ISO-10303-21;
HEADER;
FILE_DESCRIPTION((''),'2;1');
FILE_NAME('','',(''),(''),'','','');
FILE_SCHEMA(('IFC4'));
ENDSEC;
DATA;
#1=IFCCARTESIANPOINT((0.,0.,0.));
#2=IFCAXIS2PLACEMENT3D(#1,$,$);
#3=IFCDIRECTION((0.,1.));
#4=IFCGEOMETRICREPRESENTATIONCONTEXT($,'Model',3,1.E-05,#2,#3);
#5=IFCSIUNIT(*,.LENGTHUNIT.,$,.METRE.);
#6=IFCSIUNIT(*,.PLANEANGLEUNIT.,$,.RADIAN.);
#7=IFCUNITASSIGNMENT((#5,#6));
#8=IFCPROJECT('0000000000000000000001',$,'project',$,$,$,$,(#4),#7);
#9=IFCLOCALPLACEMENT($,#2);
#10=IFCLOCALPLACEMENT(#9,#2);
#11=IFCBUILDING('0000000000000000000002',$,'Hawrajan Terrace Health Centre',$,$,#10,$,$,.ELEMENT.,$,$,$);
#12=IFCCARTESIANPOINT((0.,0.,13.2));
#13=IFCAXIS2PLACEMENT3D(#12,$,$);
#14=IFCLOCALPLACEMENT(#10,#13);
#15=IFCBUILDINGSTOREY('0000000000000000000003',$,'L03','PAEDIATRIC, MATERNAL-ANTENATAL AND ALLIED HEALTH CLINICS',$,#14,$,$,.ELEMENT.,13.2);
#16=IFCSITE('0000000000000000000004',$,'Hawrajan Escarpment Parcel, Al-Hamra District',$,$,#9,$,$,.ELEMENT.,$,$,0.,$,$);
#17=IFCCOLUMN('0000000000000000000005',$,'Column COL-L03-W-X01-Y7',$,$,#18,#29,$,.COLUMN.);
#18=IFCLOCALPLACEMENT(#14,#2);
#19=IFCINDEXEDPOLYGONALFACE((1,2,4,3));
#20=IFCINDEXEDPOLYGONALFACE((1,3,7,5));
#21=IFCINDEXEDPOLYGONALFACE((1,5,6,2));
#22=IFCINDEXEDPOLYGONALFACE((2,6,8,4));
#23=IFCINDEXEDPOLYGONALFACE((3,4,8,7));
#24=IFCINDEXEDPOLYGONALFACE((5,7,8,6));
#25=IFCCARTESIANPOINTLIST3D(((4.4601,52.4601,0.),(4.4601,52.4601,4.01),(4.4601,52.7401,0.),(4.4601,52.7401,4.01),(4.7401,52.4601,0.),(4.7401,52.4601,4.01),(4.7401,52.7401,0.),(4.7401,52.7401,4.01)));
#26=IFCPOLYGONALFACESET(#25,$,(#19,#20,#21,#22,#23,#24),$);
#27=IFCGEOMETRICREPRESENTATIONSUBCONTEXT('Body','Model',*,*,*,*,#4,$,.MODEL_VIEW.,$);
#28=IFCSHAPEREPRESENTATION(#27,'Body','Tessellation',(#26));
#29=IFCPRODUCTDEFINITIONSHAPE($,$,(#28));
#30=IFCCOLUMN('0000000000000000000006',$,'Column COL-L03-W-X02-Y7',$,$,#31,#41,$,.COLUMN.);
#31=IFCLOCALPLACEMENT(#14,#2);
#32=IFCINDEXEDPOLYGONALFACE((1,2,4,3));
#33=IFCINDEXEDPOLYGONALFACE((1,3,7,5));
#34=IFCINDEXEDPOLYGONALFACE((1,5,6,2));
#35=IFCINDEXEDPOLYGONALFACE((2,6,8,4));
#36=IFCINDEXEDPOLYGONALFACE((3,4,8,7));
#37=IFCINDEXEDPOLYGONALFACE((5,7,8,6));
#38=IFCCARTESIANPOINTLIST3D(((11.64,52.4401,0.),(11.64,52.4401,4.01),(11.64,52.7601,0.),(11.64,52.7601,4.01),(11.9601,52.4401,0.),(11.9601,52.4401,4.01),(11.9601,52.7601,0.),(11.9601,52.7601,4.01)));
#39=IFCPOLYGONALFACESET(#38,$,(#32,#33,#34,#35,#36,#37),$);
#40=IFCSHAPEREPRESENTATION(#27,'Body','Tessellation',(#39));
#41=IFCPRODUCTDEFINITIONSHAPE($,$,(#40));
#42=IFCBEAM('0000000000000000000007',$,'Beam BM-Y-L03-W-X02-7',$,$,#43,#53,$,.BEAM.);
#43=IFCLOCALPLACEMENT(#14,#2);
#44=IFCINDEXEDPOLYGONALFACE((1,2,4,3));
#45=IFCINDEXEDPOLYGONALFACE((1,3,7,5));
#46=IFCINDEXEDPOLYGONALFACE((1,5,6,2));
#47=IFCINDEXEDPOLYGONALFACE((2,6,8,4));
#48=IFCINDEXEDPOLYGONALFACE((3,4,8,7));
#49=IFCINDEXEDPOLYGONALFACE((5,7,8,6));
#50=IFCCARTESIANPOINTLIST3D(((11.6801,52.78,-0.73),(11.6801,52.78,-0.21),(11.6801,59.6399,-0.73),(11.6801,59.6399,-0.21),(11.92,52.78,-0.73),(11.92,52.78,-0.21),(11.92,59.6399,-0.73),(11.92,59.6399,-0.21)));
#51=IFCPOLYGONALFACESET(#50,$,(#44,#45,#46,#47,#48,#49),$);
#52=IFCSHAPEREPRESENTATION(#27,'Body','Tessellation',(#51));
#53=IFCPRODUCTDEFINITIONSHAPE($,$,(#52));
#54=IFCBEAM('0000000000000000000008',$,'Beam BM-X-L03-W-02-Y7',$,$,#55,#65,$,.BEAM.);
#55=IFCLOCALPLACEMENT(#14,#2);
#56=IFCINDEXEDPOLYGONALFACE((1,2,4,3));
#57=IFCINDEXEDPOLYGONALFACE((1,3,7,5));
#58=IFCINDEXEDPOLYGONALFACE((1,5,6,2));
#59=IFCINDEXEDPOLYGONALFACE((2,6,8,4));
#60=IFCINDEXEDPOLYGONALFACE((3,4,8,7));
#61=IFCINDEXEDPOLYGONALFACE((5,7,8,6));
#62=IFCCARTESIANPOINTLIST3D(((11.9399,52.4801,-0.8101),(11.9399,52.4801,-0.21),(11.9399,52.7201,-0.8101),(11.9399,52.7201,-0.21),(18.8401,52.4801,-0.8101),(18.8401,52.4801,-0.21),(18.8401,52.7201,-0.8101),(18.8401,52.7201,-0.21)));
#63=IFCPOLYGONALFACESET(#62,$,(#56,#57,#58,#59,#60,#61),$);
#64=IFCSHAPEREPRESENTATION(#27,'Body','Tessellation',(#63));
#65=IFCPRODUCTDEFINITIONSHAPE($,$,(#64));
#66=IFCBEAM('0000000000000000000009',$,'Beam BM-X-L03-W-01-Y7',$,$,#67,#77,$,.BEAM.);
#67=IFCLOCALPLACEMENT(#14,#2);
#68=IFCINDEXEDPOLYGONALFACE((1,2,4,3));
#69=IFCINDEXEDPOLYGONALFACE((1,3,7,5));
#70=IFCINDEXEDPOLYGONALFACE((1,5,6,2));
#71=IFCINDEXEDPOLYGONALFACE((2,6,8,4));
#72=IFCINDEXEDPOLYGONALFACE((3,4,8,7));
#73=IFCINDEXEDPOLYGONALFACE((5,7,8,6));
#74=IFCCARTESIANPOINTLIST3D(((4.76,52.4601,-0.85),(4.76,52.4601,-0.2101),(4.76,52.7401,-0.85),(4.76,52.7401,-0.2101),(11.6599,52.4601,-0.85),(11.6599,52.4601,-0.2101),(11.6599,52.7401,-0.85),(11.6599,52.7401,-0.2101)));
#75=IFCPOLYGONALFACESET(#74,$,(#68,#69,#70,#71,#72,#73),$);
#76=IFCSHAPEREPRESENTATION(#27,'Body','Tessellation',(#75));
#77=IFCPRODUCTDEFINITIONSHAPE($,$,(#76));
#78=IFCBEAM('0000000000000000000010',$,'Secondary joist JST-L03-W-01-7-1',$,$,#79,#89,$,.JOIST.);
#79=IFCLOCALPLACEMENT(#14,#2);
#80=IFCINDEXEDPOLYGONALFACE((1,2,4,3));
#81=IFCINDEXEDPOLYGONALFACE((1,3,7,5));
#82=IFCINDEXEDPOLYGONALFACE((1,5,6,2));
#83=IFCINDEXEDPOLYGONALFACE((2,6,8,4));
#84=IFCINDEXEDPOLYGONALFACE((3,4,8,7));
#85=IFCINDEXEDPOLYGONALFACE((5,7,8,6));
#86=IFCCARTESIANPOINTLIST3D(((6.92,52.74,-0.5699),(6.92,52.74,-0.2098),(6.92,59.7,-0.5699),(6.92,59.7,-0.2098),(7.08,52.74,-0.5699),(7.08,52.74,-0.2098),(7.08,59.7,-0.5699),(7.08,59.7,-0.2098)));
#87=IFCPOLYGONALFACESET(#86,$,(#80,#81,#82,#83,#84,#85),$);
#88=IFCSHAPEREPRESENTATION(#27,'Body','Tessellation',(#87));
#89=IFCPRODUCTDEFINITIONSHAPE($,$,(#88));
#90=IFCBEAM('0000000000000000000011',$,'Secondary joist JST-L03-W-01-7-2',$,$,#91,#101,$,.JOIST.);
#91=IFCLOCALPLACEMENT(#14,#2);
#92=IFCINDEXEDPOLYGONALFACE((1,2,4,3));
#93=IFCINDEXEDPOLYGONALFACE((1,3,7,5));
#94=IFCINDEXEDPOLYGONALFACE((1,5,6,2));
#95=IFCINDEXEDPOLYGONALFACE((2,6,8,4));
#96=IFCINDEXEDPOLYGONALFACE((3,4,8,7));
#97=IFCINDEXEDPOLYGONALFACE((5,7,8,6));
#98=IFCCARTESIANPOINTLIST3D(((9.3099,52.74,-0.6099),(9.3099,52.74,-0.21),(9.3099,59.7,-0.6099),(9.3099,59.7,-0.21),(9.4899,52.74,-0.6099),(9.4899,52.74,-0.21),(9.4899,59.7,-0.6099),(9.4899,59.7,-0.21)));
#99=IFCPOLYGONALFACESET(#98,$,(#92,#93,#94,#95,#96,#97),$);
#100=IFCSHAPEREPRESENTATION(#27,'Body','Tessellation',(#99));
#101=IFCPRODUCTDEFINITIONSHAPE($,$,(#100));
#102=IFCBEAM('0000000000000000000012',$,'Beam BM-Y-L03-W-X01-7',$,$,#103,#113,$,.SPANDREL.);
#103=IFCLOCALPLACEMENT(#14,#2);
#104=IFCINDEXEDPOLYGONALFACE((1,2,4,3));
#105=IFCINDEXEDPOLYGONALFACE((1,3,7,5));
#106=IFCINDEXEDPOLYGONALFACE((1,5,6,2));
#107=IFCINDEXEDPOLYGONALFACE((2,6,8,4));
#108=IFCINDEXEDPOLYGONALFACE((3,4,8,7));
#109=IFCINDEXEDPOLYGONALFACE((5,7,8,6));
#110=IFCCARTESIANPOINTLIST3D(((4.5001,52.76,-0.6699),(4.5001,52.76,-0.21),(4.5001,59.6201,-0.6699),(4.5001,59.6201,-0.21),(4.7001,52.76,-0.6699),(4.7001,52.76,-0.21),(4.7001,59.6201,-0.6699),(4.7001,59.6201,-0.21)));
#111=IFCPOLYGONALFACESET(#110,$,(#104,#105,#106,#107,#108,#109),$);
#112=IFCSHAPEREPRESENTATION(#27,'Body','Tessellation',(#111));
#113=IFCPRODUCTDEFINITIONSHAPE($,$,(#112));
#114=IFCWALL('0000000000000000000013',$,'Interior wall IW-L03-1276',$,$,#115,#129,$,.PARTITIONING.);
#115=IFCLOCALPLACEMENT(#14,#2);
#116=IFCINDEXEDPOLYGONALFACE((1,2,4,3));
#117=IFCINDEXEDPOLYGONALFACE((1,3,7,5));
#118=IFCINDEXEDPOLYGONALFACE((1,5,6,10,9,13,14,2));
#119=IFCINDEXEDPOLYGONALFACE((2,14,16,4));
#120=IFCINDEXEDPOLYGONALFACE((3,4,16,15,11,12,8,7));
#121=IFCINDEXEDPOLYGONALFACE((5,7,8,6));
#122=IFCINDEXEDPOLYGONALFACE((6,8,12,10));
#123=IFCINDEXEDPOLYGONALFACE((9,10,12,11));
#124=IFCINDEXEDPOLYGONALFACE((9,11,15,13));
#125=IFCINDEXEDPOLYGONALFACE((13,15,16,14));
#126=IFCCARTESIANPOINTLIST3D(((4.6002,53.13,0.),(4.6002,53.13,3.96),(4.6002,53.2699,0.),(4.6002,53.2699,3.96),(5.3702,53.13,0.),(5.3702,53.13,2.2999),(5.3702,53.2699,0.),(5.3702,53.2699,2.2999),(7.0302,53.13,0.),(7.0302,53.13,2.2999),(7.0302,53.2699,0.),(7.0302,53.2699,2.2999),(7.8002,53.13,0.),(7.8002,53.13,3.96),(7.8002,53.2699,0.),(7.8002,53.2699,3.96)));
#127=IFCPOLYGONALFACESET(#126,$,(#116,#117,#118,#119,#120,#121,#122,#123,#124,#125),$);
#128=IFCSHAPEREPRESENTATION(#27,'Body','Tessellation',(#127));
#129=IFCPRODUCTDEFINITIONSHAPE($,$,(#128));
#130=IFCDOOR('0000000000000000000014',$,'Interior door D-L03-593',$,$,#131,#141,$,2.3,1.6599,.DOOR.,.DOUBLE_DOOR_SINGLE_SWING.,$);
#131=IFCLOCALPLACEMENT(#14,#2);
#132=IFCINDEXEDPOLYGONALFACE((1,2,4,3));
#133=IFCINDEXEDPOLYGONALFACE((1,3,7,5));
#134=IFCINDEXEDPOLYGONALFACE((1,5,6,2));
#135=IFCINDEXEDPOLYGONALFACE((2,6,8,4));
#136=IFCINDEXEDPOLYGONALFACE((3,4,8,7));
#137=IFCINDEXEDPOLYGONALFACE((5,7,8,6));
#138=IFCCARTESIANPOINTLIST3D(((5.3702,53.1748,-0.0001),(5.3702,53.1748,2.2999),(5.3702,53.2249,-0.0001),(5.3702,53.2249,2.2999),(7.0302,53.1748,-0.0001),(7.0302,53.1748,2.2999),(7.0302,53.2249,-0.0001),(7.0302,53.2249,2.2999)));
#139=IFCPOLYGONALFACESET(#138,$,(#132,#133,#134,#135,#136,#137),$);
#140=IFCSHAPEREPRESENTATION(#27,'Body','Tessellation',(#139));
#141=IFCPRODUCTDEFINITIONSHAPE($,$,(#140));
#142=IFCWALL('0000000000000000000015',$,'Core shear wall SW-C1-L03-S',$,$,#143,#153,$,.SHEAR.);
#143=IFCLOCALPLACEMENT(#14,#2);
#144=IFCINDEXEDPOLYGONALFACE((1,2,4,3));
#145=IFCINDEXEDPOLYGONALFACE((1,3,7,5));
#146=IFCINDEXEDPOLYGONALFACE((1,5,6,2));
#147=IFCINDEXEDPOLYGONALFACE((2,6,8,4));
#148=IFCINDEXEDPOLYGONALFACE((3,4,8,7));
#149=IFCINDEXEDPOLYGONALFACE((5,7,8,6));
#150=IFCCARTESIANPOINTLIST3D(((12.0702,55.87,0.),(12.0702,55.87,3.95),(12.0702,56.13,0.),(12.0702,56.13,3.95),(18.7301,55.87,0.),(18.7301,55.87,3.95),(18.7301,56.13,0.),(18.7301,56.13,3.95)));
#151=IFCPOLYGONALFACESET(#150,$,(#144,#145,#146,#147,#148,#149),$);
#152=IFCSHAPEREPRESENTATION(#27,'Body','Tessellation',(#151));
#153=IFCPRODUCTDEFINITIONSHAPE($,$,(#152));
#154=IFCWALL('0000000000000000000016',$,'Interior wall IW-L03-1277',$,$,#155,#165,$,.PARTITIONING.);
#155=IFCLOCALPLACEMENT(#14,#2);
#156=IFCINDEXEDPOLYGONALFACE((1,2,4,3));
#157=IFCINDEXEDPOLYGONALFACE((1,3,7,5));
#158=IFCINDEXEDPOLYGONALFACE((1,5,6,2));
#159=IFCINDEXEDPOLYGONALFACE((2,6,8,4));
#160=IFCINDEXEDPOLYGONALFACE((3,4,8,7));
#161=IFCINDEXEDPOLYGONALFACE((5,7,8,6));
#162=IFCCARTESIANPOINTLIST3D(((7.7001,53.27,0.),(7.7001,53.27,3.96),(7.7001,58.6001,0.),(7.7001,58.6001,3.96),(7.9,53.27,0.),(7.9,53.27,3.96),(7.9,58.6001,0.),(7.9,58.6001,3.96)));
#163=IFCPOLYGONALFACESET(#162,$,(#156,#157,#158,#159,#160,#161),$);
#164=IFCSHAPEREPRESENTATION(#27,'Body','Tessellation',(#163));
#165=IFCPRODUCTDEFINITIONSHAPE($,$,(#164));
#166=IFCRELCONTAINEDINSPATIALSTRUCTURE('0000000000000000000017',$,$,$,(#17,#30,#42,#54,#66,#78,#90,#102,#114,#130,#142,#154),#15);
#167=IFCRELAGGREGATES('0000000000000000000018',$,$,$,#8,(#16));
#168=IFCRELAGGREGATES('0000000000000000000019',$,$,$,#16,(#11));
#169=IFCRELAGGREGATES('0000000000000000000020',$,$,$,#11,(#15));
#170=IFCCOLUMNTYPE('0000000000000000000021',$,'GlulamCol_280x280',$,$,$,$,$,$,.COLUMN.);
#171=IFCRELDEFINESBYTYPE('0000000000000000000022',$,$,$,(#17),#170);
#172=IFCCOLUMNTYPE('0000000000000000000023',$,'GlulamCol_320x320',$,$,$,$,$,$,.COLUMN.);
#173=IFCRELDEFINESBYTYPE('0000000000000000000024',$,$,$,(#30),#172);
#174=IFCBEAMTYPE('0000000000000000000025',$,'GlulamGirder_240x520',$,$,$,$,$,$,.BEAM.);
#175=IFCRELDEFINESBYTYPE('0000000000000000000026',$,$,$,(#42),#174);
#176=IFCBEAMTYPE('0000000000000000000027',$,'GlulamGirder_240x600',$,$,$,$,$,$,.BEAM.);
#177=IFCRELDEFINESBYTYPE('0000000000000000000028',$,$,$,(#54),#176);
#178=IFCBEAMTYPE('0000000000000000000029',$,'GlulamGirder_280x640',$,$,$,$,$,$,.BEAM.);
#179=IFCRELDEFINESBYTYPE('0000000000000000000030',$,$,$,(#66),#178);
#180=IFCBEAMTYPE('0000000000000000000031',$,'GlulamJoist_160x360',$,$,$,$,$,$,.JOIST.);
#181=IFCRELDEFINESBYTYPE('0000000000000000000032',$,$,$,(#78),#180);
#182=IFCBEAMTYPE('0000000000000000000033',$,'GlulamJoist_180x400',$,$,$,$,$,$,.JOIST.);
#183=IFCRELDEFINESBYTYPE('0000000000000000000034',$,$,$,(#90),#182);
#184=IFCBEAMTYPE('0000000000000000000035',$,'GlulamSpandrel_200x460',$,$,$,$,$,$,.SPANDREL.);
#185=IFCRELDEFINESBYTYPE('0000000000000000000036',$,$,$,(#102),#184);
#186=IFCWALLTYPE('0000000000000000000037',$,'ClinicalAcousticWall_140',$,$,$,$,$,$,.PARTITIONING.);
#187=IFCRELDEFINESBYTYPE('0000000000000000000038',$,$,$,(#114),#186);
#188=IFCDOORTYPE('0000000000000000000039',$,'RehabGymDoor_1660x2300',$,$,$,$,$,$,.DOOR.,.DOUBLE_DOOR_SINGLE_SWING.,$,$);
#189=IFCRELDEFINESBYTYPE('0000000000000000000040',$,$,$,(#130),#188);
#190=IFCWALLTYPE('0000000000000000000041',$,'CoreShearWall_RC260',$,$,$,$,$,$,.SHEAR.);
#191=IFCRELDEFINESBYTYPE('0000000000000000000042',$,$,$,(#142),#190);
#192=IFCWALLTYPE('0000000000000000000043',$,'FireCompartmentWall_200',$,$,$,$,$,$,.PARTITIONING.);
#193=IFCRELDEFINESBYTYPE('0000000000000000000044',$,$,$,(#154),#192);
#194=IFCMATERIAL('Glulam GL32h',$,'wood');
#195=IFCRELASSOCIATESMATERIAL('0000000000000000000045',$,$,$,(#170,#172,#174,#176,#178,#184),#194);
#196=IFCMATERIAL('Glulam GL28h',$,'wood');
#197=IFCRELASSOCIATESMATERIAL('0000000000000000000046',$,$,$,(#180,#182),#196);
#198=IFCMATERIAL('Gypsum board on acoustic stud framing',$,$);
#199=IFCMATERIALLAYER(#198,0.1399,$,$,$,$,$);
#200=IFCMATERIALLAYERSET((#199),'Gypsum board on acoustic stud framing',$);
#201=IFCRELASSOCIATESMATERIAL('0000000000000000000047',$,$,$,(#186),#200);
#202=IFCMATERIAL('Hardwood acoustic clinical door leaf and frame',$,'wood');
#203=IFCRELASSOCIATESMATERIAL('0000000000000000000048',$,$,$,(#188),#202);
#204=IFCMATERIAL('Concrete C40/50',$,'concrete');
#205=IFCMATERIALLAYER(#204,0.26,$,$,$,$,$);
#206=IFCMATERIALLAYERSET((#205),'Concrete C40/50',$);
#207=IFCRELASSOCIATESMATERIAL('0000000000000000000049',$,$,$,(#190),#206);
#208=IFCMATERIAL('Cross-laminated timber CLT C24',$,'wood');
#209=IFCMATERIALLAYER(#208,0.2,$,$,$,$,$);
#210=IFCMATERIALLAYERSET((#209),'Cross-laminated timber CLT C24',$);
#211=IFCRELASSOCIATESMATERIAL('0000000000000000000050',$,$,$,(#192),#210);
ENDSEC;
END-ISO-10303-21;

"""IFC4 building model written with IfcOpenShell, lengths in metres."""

from ifc_helpers import new_model, si_unit, direction, frame, frame_2d, origin, origin_2d, place, context, subcontext, project, spatial, rectangle, extrude, material, layer, layer_set, material_profile, profile_set, type_object, element, fill, save


model = new_model("IFC4")

# Units and contexts
model_context = context("Model", 3, precision=1e-05, world=origin(), true_north=direction((0.0, 1.0)))
body_context = subcontext(model_context, "Body", "Model", "MODEL_VIEW")
ifc_project = project(units=[si_unit("LENGTHUNIT", "METRE"), si_unit("PLANEANGLEUNIT", "RADIAN")], contexts=[model_context])

# Site, building, storey
site_placement = place(None, origin())
site = spatial("IfcSite", under=ifc_project, at=site_placement, Name="Hawrajan Escarpment Parcel, Al-Hamra District", CompositionType="ELEMENT", RefElevation=0.0)
building_placement = place(site_placement, origin())
building = spatial("IfcBuilding", under=site, at=building_placement, Name="Hawrajan Terrace Health Centre", CompositionType="ELEMENT")
storey_placement = place(building_placement, frame((0.0, 0.0, 13.2)))
storey = spatial("IfcBuildingStorey", under=building, at=storey_placement, Name="L03", Description="PAEDIATRIC, MATERNAL-ANTENATAL AND ALLIED HEALTH CLINICS", CompositionType="ELEMENT", Elevation=13.2)

# Columns
ifc_material_1 = material(Name="Glulam GL32h", Category="wood")
ifc_material_profile_1 = material_profile(ifc_material_1, rectangle(XDim=0.28, YDim=0.28, at=origin_2d()), Name="GL 280x280")
ifc_profile_set_1 = profile_set([ifc_material_profile_1], Name="Glulam GL32h")
column_type_1 = type_object("IfcColumnType", Name="GlulamCol_280x280", PredefinedType="COLUMN", material=ifc_profile_set_1)
column_1_placement = place(storey_placement, frame((4.6001, 52.6001, 0.0), z_axis=(0.0, 0.0, 1.0), x_axis=(1.0, 0.0, 0.0)))
element("IfcColumn", 1, at=column_1_placement, inside=storey, type_object=column_type_1, Name="Column COL-L03-W-X01-Y7", PredefinedType="COLUMN", context=body_context, shape_type="SweptSolid", body=[
    extrude(rectangle(XDim=0.28, YDim=0.28, at=origin_2d()), origin(), (0.0, 0.0, 1.0), 4.01),
])
ifc_material_profile_2 = material_profile(ifc_material_1, rectangle(XDim=0.3201, YDim=0.3201, at=origin_2d()), Name="GL 320x320")
ifc_profile_set_2 = profile_set([ifc_material_profile_2], Name="Glulam GL32h")
column_type_2 = type_object("IfcColumnType", Name="GlulamCol_320x320", PredefinedType="COLUMN", material=ifc_profile_set_2)
column_2_placement = place(storey_placement, frame((11.8, 52.6001, 0.0), z_axis=(0.0, 0.0, 1.0), x_axis=(1.0, 0.0, 0.0)))
element("IfcColumn", 2, at=column_2_placement, inside=storey, type_object=column_type_2, Name="Column COL-L03-W-X02-Y7", PredefinedType="COLUMN", context=body_context, shape_type="SweptSolid", body=[
    extrude(rectangle(XDim=0.3201, YDim=0.3201, at=origin_2d()), origin(), (0.0, 0.0, 1.0), 4.01),
])

# Beams
ifc_material_profile_3 = material_profile(ifc_material_1, rectangle(XDim=0.24, YDim=0.52, at=origin_2d()), Name="GL BM 240x520")
ifc_profile_set_3 = profile_set([ifc_material_profile_3], Name="Glulam GL32h")
beam_type_1 = type_object("IfcBeamType", Name="GlulamGirder_240x520", PredefinedType="BEAM", material=ifc_profile_set_3)
beam_1_placement = place(storey_placement, frame((11.8, 52.78, -0.47), z_axis=(0.0, 1.0, 0.0), x_axis=(-1.0, 0.0, 0.0)))
element("IfcBeam", 3, at=beam_1_placement, inside=storey, type_object=beam_type_1, Name="Beam BM-Y-L03-W-X02-7", PredefinedType="BEAM", context=body_context, shape_type="SweptSolid", body=[
    extrude(rectangle(XDim=0.24, YDim=0.52, at=origin_2d()), origin(), (0.0, 0.0, 1.0), 6.8599),
])
ifc_material_profile_4 = material_profile(ifc_material_1, rectangle(XDim=0.24, YDim=0.6001, at=origin_2d()), Name="GL BM 240x600")
ifc_profile_set_4 = profile_set([ifc_material_profile_4], Name="Glulam GL32h")
beam_type_2 = type_object("IfcBeamType", Name="GlulamGirder_240x600", PredefinedType="BEAM", material=ifc_profile_set_4)
beam_2_placement = place(storey_placement, frame((11.9399, 52.6001, -0.51), z_axis=(1.0, 0.0, 0.0), x_axis=(0.0, 1.0, 0.0)))
element("IfcBeam", 4, at=beam_2_placement, inside=storey, type_object=beam_type_2, Name="Beam BM-X-L03-W-02-Y7", PredefinedType="BEAM", context=body_context, shape_type="SweptSolid", body=[
    extrude(rectangle(XDim=0.24, YDim=0.6001, at=origin_2d()), origin(), (0.0, 0.0, 1.0), 6.9001),
])
ifc_material_profile_5 = material_profile(ifc_material_1, rectangle(XDim=0.28, YDim=0.6399, at=origin_2d()), Name="GL BM 280x640")
ifc_profile_set_5 = profile_set([ifc_material_profile_5], Name="Glulam GL32h")
beam_type_3 = type_object("IfcBeamType", Name="GlulamGirder_280x640", PredefinedType="BEAM", material=ifc_profile_set_5)
beam_3_placement = place(storey_placement, frame((4.76, 52.6001, -0.53), z_axis=(1.0, 0.0, 0.0), x_axis=(0.0, 1.0, 0.0)))
element("IfcBeam", 5, at=beam_3_placement, inside=storey, type_object=beam_type_3, Name="Beam BM-X-L03-W-01-Y7", PredefinedType="BEAM", context=body_context, shape_type="SweptSolid", body=[
    extrude(rectangle(XDim=0.28, YDim=0.6399, at=origin_2d()), origin(), (0.0, 0.0, 1.0), 6.8999),
])
ifc_material_2 = material(Name="Glulam GL28h", Category="wood")
ifc_material_profile_6 = material_profile(ifc_material_2, rectangle(XDim=0.1599, YDim=0.3601, at=origin_2d()), Name="GL JST 160x360")
ifc_profile_set_6 = profile_set([ifc_material_profile_6], Name="Glulam GL28h")
beam_type_4 = type_object("IfcBeamType", Name="GlulamJoist_160x360", PredefinedType="JOIST", material=ifc_profile_set_6)
beam_4_placement = place(storey_placement, frame((7.0, 52.74, -0.3899), z_axis=(0.0, 1.0, 0.0), x_axis=(-1.0, 0.0, 0.0)))
element("IfcBeam", 6, at=beam_4_placement, inside=storey, type_object=beam_type_4, Name="Secondary joist JST-L03-W-01-7-1", PredefinedType="JOIST", context=body_context, shape_type="SweptSolid", body=[
    extrude(rectangle(XDim=0.1599, YDim=0.3601, at=origin_2d()), origin(), (0.0, 0.0, 1.0), 6.96),
])
ifc_material_profile_7 = material_profile(ifc_material_2, rectangle(XDim=0.1799, YDim=0.3999, at=origin_2d()), Name="GL JST 180x400")
ifc_profile_set_7 = profile_set([ifc_material_profile_7], Name="Glulam GL28h")
beam_type_5 = type_object("IfcBeamType", Name="GlulamJoist_180x400", PredefinedType="JOIST", material=ifc_profile_set_7)
beam_5_placement = place(storey_placement, frame((9.3999, 52.74, -0.4099), z_axis=(0.0, 1.0, 0.0), x_axis=(-1.0, 0.0, 0.0)))
element("IfcBeam", 7, at=beam_5_placement, inside=storey, type_object=beam_type_5, Name="Secondary joist JST-L03-W-01-7-2", PredefinedType="JOIST", context=body_context, shape_type="SweptSolid", body=[
    extrude(rectangle(XDim=0.1799, YDim=0.3999, at=origin_2d()), origin(), (0.0, 0.0, 1.0), 6.96),
])
ifc_material_profile_8 = material_profile(ifc_material_1, rectangle(XDim=0.2, YDim=0.46, at=origin_2d()), Name="GL SP 200x460")
ifc_profile_set_8 = profile_set([ifc_material_profile_8], Name="Glulam GL32h")
beam_type_6 = type_object("IfcBeamType", Name="GlulamSpandrel_200x460", PredefinedType="SPANDREL", material=ifc_profile_set_8)
beam_6_placement = place(storey_placement, frame((4.6001, 52.76, -0.4399), z_axis=(0.0, 1.0, 0.0), x_axis=(-1.0, 0.0, 0.0)))
element("IfcBeam", 8, at=beam_6_placement, inside=storey, type_object=beam_type_6, Name="Beam BM-Y-L03-W-X01-7", PredefinedType="SPANDREL", context=body_context, shape_type="SweptSolid", body=[
    extrude(rectangle(XDim=0.2, YDim=0.46, at=origin_2d()), origin(), (0.0, 0.0, 1.0), 6.8601),
])

# Wall, opening, door
ifc_material_3 = material(Name="Gypsum board on acoustic stud framing")
ifc_layer_1 = layer(ifc_material_3, 0.1399)
ifc_layer_set_1 = layer_set([ifc_layer_1], Name="Gypsum board on acoustic stud framing")
wall_type_1 = type_object("IfcWallType", Name="ClinicalAcousticWall_140", PredefinedType="PARTITIONING", material=ifc_layer_set_1)
wall_1_placement = place(storey_placement, frame((4.6001, 53.2, 0.0), z_axis=(0.0, 0.0, 1.0), x_axis=(1.0, 0.0, 0.0)))
wall_1 = element("IfcWall", 9, at=wall_1_placement, inside=storey, type_object=wall_type_1, Name="Interior wall IW-L03-1276", PredefinedType="PARTITIONING", context=body_context, shape_type="SweptSolid", body=[
    extrude(rectangle(XDim=3.2, YDim=0.1399, at=frame_2d((1.6001, 0.0))), origin(), (0.0, 0.0, 1.0), 3.96),
])
opening_1_placement = place(wall_1_placement, frame((0.77, 0.0, 0.0)))
opening_1 = element("IfcOpeningElement", 10, at=opening_1_placement, cuts=wall_1, PredefinedType="OPENING", context=body_context, shape_type="SweptSolid", body=[
    extrude(rectangle(XDim=1.6599, YDim=2.3, at=frame_2d((0.8301, 1.1499))), frame((0.0, 0.0798, 0.0), z_axis=(0.0, -1.0, 0.0), x_axis=(1.0, 0.0, 0.0)), (0.0, 0.0, 1.0), 0.1599),
])
ifc_material_4 = material(Name="Hardwood acoustic clinical door leaf and frame", Category="wood")
door_type_1 = type_object("IfcDoorType", Name="RehabGymDoor_1660x2300", OperationType="DOUBLE_DOOR_SINGLE_SWING", PredefinedType="DOOR", material=ifc_material_4)
door_1_placement = place(opening_1_placement, origin())
door_1 = element("IfcDoor", 11, at=door_1_placement, inside=storey, type_object=door_type_1, Name="Interior door D-L03-593", OperationType="DOUBLE_DOOR_SINGLE_SWING", OverallHeight=2.3, OverallWidth=1.6599, PredefinedType="DOOR", context=body_context, shape_type="SweptSolid", body=[
    extrude(rectangle(XDim=1.6599, YDim=2.3, at=frame_2d((0.8301, 1.1499))), frame((0.0, 0.0249, 0.0), z_axis=(0.0, -1.0, 0.0), x_axis=(1.0, 0.0, 0.0)), (0.0, 0.0, 1.0), 0.05),
])
fill(opening_1, door_1)

# Walls
ifc_material_5 = material(Name="Concrete C40/50", Category="concrete")
ifc_layer_2 = layer(ifc_material_5, 0.26)
ifc_layer_set_2 = layer_set([ifc_layer_2], Name="Concrete C40/50")
wall_type_2 = type_object("IfcWallType", Name="CoreShearWall_RC260", PredefinedType="SHEAR", material=ifc_layer_set_2)
wall_2_placement = place(storey_placement, frame((12.0701, 56.0, 0.0), z_axis=(0.0, 0.0, 1.0), x_axis=(1.0, 0.0, 0.0)))
element("IfcWall", 12, at=wall_2_placement, inside=storey, type_object=wall_type_2, Name="Core shear wall SW-C1-L03-S", PredefinedType="SHEAR", context=body_context, shape_type="SweptSolid", body=[
    extrude(rectangle(XDim=6.6599, YDim=0.26, at=frame_2d((3.3301, 0.0))), origin(), (0.0, 0.0, 1.0), 3.95),
])
ifc_material_6 = material(Name="Cross-laminated timber CLT C24", Category="wood")
ifc_layer_3 = layer(ifc_material_6, 0.2)
ifc_layer_set_3 = layer_set([ifc_layer_3], Name="Cross-laminated timber CLT C24")
wall_type_3 = type_object("IfcWallType", Name="FireCompartmentWall_200", PredefinedType="PARTITIONING", material=ifc_layer_set_3)
wall_3_placement = place(storey_placement, frame((7.8, 53.27, 0.0), z_axis=(0.0, 0.0, 1.0), x_axis=(0.0, 1.0, 0.0)))
element("IfcWall", 13, at=wall_3_placement, inside=storey, type_object=wall_type_3, Name="Interior wall IW-L03-1277", PredefinedType="PARTITIONING", context=body_context, shape_type="SweptSolid", body=[
    extrude(rectangle(XDim=5.3301, YDim=0.2, at=frame_2d((2.665, 0.0))), origin(), (0.0, 0.0, 1.0), 3.96),
])

save(model, "model.ifc")
